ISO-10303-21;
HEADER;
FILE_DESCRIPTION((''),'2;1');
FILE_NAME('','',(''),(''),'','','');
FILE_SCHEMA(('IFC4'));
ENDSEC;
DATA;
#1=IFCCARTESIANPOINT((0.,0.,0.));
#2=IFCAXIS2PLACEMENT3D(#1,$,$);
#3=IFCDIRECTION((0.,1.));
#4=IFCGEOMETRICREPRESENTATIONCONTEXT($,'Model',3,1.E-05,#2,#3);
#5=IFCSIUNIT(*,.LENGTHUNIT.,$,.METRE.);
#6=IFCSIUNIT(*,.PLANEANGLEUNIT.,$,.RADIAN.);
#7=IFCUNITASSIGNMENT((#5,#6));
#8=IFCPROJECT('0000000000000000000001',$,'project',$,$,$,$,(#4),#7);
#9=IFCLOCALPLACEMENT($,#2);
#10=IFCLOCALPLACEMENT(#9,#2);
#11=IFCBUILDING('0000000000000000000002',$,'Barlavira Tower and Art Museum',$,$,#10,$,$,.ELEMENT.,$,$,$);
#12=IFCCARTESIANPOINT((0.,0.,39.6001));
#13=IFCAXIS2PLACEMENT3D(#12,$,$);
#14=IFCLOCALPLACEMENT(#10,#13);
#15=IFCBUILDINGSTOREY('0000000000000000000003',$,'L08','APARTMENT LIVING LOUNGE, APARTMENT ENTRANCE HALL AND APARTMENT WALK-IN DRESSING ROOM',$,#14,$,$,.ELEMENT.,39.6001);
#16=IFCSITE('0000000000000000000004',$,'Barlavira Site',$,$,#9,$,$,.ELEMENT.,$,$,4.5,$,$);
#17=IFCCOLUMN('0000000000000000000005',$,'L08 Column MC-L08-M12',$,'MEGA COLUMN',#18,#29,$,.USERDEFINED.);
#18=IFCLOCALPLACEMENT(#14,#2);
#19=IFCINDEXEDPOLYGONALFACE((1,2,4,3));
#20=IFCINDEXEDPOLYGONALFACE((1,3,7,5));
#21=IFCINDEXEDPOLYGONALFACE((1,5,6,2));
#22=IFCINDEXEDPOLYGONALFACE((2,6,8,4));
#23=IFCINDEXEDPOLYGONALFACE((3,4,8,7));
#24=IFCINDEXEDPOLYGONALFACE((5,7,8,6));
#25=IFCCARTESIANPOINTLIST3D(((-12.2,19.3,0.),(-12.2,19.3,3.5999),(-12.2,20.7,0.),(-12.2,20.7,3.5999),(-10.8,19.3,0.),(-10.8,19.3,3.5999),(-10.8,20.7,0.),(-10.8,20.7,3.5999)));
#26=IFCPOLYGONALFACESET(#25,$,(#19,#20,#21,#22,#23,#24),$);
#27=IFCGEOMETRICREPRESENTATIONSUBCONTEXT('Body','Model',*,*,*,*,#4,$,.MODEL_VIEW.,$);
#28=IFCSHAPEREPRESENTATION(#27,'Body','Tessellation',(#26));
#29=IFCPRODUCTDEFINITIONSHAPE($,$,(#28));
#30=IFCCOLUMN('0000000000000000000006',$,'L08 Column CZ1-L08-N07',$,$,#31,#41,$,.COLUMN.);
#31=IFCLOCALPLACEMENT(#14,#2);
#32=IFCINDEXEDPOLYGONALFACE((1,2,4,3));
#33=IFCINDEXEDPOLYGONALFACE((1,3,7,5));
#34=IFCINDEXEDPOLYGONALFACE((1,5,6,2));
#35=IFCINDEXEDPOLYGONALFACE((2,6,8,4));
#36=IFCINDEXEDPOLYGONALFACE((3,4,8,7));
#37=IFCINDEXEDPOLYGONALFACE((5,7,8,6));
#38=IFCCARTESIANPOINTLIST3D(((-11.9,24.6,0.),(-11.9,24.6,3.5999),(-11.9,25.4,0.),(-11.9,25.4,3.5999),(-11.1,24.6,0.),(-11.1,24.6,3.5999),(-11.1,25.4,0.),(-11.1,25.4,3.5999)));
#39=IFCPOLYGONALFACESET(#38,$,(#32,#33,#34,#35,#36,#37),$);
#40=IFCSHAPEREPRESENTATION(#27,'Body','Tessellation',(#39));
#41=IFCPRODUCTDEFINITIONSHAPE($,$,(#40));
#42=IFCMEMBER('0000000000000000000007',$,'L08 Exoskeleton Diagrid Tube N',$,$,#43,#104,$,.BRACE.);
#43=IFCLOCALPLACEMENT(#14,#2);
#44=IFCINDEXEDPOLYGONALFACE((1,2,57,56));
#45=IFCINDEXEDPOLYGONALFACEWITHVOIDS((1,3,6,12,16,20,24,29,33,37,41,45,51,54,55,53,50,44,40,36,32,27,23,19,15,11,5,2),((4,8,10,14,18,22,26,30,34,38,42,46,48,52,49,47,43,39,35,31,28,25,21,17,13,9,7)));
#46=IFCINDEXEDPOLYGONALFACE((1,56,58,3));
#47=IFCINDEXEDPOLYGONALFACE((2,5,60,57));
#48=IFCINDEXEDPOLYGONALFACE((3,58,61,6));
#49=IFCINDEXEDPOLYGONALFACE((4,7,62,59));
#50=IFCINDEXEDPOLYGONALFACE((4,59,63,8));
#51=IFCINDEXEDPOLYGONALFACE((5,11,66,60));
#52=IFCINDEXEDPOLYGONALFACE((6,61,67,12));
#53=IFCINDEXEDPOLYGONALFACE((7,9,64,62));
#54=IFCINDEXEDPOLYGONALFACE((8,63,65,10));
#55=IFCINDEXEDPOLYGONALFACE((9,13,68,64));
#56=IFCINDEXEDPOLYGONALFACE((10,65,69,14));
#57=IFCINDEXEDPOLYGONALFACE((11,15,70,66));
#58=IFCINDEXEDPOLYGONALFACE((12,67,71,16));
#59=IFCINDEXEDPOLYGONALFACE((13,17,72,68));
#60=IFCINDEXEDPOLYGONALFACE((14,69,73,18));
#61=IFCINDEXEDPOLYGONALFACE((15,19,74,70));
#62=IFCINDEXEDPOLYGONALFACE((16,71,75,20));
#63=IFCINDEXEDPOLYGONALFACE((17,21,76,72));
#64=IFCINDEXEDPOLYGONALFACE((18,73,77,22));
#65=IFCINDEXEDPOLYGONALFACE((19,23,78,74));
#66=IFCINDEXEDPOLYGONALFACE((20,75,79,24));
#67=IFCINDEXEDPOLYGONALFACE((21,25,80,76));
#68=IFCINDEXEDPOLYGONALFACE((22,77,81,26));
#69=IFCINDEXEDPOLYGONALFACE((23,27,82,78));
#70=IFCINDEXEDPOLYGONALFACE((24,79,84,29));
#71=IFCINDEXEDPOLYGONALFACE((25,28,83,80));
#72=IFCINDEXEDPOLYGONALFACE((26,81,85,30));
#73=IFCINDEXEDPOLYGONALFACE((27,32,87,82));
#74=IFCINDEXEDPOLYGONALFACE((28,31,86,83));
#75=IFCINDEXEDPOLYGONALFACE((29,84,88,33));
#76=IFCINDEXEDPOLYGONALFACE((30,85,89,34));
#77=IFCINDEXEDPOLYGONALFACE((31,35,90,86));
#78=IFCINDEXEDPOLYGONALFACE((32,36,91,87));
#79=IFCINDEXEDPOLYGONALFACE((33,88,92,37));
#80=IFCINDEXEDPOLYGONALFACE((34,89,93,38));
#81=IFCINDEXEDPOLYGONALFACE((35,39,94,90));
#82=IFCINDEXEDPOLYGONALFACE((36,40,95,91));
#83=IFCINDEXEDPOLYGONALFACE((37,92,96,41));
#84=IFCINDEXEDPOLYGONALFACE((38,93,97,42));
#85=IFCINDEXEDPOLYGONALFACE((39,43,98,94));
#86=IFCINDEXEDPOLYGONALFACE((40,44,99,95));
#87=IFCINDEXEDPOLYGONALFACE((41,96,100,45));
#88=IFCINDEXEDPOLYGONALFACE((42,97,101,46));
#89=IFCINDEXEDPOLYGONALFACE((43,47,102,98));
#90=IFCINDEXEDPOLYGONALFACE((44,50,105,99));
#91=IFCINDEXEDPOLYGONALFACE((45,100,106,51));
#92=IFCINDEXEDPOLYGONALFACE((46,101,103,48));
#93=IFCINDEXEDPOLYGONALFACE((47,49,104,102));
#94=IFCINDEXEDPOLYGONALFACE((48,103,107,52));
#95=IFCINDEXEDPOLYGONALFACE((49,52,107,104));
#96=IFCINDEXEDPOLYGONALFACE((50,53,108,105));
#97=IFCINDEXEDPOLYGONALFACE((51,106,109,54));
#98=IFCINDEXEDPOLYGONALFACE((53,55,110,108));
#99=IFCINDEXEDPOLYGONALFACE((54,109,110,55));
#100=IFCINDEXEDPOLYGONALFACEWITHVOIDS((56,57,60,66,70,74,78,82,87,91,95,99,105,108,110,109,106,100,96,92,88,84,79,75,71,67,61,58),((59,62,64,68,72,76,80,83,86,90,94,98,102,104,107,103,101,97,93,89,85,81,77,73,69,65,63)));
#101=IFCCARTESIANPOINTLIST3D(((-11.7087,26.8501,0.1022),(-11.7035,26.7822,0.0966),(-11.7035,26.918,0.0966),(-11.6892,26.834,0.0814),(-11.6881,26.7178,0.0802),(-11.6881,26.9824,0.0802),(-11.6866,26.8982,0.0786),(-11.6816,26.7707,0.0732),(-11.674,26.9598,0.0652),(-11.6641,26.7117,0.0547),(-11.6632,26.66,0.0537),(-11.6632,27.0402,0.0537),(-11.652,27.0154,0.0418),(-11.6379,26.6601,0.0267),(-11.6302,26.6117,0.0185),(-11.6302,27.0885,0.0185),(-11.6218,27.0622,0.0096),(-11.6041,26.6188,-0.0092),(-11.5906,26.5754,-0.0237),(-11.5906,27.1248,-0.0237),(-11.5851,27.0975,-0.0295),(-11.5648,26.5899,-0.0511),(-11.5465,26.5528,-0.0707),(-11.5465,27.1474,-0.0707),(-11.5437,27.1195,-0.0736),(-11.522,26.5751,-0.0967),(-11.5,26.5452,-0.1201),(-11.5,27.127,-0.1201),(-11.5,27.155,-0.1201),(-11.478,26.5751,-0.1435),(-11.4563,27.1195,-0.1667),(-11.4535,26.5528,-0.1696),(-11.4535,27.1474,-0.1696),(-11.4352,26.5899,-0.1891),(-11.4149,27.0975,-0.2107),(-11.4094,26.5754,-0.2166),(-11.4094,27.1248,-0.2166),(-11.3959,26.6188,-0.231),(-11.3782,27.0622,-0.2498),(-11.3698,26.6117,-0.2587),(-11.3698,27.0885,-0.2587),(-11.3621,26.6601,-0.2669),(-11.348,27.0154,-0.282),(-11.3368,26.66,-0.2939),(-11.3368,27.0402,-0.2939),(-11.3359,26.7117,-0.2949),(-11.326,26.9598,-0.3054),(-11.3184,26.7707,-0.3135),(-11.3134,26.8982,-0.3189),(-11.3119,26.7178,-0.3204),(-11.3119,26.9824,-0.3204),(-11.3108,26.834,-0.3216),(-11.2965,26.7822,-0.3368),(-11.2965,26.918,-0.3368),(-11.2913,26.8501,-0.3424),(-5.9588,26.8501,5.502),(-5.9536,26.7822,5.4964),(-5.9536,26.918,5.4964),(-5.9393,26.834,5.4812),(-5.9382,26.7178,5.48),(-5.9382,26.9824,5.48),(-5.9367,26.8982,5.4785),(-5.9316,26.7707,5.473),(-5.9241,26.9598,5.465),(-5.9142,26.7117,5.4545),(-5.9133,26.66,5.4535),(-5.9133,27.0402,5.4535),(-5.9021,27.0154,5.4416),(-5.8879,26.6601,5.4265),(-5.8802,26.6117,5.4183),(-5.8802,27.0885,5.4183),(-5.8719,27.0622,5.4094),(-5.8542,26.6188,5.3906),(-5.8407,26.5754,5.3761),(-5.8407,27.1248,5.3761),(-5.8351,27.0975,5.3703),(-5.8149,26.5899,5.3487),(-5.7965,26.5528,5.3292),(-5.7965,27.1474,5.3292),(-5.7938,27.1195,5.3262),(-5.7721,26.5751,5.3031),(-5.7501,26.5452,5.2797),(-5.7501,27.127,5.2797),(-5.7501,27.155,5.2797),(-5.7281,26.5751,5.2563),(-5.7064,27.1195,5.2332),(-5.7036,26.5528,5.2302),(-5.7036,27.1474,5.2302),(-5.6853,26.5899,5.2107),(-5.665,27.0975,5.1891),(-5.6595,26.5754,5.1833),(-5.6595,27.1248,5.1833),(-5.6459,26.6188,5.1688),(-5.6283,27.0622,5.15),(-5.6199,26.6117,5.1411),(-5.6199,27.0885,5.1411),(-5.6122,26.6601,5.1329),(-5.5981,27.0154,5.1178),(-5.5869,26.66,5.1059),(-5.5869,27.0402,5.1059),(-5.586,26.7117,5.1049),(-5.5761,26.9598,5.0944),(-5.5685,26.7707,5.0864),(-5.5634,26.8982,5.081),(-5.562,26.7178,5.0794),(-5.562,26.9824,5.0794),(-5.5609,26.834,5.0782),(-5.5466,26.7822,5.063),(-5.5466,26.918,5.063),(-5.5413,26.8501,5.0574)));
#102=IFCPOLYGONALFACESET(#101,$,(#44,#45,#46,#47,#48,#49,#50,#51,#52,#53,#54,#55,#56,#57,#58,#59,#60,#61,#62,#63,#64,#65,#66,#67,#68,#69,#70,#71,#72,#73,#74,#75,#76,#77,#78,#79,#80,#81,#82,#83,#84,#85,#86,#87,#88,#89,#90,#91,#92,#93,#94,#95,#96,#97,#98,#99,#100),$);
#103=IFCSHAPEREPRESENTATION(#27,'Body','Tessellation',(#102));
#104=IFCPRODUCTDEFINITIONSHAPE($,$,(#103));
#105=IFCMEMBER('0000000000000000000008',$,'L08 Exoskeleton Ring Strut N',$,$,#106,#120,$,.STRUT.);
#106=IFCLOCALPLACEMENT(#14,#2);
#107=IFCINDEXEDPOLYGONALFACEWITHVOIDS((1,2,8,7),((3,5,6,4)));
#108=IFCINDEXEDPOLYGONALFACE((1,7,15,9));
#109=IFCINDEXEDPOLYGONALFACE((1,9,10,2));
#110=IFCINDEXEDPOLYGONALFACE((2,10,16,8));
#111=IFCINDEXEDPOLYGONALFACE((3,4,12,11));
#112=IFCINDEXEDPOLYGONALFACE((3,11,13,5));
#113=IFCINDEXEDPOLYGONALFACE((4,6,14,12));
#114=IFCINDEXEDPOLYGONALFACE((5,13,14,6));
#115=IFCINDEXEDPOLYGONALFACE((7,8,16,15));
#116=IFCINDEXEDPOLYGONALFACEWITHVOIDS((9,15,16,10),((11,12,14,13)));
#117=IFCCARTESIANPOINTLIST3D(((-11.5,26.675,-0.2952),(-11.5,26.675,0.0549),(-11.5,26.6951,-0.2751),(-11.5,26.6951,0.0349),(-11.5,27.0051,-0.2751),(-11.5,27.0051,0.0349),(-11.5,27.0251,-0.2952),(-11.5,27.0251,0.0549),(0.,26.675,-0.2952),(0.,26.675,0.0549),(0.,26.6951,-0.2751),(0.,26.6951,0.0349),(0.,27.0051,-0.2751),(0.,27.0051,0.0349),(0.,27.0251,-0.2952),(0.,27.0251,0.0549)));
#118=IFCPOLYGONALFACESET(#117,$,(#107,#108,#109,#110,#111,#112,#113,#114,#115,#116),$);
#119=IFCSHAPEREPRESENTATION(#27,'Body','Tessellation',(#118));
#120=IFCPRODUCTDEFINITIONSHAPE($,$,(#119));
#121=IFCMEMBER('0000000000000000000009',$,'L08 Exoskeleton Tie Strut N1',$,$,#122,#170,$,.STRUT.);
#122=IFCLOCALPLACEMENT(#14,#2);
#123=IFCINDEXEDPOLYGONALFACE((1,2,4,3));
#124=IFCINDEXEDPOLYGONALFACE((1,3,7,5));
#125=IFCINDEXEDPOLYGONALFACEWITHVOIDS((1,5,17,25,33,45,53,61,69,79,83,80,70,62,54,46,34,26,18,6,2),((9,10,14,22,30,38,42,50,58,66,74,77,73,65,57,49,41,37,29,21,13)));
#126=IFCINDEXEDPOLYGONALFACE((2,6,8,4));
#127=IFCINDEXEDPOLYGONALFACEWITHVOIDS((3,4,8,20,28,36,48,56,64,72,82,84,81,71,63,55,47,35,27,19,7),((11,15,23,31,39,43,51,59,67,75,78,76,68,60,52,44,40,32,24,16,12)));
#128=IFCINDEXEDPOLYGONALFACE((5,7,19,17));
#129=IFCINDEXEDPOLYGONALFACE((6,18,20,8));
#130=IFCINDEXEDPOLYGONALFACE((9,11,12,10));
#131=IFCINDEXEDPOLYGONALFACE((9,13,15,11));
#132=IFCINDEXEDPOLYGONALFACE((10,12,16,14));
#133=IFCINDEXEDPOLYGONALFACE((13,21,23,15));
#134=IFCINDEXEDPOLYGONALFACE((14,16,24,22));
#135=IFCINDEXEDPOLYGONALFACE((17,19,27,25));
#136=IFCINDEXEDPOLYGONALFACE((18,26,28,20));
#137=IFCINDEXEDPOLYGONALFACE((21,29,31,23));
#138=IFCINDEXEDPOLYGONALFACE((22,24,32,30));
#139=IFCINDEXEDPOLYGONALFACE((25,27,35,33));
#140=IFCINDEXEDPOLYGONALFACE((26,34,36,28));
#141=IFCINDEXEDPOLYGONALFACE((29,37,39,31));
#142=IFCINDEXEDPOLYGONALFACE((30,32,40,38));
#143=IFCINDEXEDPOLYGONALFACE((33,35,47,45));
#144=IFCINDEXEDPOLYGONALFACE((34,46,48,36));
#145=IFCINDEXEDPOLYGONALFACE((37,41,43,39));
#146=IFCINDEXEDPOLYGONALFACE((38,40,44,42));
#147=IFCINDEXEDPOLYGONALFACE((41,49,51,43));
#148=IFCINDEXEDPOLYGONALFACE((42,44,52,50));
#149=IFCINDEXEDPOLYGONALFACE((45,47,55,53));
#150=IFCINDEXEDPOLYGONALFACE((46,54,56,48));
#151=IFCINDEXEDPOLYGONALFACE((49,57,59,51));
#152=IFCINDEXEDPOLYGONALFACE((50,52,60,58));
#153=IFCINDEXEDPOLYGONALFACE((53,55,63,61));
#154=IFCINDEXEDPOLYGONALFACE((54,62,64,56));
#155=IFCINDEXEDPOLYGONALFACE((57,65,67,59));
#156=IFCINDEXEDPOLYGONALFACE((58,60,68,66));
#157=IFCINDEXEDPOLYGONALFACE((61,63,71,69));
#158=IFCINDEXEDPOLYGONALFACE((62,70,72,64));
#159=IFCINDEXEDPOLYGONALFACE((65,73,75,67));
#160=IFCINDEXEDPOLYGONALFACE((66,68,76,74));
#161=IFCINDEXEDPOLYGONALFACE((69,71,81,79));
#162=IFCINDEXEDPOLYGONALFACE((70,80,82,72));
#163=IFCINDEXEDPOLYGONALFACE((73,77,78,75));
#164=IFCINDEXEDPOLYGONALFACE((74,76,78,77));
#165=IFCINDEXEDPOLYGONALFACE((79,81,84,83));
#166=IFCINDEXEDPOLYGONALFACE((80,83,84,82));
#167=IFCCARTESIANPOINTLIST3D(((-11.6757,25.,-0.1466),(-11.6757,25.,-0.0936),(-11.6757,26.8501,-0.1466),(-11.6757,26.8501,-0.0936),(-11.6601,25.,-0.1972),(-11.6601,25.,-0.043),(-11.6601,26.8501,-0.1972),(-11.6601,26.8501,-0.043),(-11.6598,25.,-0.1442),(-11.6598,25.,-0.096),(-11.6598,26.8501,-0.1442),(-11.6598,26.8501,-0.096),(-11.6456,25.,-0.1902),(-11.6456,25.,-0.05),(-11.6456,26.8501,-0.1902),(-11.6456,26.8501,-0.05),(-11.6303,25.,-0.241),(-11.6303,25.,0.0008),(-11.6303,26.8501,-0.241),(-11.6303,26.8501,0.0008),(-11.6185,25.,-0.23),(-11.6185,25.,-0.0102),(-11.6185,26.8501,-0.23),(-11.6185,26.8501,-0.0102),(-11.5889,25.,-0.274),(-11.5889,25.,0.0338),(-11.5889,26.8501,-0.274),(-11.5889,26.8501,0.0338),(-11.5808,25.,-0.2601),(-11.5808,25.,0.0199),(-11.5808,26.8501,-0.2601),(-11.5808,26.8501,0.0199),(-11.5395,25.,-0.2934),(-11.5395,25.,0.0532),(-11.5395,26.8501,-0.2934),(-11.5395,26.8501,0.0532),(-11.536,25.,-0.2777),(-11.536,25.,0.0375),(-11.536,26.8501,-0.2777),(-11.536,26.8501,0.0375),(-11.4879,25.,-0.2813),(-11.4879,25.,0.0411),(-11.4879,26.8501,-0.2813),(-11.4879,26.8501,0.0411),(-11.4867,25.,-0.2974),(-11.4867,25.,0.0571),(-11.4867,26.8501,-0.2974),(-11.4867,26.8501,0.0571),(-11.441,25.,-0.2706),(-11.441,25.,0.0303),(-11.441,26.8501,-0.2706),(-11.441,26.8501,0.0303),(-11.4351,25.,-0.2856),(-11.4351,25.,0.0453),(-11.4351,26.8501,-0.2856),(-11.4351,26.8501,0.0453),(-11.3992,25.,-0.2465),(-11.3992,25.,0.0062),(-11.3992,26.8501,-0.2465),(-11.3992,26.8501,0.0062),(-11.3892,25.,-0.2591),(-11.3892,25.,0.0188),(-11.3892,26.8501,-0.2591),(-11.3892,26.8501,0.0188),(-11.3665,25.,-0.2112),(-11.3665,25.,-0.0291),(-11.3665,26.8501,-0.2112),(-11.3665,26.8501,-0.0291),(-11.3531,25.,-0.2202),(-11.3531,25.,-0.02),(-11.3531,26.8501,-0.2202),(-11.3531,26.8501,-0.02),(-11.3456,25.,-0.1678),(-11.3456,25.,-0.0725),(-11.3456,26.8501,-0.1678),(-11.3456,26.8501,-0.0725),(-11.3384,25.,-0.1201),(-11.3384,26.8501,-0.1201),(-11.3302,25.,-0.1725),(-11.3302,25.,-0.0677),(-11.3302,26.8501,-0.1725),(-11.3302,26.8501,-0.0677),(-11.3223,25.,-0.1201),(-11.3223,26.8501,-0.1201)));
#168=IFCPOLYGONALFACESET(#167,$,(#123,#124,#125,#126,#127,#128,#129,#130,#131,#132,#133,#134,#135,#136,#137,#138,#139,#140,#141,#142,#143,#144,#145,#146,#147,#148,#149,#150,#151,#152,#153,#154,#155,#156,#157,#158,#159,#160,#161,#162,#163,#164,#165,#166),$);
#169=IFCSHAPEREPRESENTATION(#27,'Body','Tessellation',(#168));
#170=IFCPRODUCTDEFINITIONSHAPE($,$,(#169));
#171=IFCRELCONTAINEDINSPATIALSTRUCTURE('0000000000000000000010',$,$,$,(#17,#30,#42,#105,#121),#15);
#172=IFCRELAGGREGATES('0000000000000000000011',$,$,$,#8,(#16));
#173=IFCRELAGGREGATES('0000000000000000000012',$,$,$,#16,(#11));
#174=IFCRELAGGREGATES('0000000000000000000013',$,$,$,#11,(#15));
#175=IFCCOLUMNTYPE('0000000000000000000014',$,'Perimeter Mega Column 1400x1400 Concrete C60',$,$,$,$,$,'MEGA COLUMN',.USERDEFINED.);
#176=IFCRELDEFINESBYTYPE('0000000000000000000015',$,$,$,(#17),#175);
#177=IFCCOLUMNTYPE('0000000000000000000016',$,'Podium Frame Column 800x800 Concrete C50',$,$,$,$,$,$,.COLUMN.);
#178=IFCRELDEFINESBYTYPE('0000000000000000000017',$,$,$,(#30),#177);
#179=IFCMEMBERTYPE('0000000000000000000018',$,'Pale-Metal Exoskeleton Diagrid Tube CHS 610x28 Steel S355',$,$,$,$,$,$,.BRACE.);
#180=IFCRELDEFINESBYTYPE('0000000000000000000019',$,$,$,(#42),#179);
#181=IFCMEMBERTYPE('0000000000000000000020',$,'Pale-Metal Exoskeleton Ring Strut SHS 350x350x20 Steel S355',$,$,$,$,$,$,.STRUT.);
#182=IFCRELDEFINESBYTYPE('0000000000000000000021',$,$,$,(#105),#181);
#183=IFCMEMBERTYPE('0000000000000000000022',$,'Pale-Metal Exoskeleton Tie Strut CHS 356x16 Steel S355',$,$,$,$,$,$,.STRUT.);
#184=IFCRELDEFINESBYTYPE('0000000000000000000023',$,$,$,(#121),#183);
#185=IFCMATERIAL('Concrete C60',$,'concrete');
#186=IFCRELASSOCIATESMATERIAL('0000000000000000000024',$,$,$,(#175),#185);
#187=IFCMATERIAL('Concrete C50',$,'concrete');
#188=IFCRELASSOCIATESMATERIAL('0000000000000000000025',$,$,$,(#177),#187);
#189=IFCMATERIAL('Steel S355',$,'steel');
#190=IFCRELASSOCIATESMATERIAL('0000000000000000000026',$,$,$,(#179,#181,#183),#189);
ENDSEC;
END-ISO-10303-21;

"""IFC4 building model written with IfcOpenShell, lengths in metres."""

from ifc_helpers import new_model, si_unit, direction, frame, origin, origin_2d, place, context, subcontext, project, spatial, rectangle, hollow_rectangle, hollow_circle, extrude, material, material_profile, profile_set, type_object, element, save


model = new_model("IFC4")

# Units and contexts
model_context = context("Model", 3, precision=1e-05, world=origin(), true_north=direction((0.0, 1.0)))
body_context = subcontext(model_context, "Body", "Model", "MODEL_VIEW")
ifc_project = project(units=[si_unit("LENGTHUNIT", "METRE"), si_unit("PLANEANGLEUNIT", "RADIAN")], contexts=[model_context])

# Site, building, storey
site_placement = place(None, origin())
site = spatial("IfcSite", under=ifc_project, at=site_placement, Name="Barlavira Site", CompositionType="ELEMENT", RefElevation=4.5)
building_placement = place(site_placement, origin())
building = spatial("IfcBuilding", under=site, at=building_placement, Name="Barlavira Tower and Art Museum", CompositionType="ELEMENT")
storey_placement = place(building_placement, frame((0.0, 0.0, 39.6001)))
storey = spatial("IfcBuildingStorey", under=building, at=storey_placement, Name="L08", Description="APARTMENT LIVING LOUNGE, APARTMENT ENTRANCE HALL AND APARTMENT WALK-IN DRESSING ROOM", CompositionType="ELEMENT", Elevation=39.6001)

# Columns
ifc_material_1 = material(Name="Concrete C60", Category="concrete")
ifc_material_profile_1 = material_profile(ifc_material_1, rectangle(XDim=1.3999, YDim=1.3999, at=origin_2d()), Name="RC-MCOL 1400x1400")
ifc_profile_set_1 = profile_set([ifc_material_profile_1], Name="Concrete C60")
column_type_1 = type_object("IfcColumnType", Name="Perimeter Mega Column 1400x1400 Concrete C60", ElementType="MEGA COLUMN", PredefinedType="USERDEFINED", material=ifc_profile_set_1)
column_1_placement = place(storey_placement, frame((-11.5, 20.0, 0.0), z_axis=(0.0, 0.0, 1.0), x_axis=(1.0, 0.0, 0.0)))
element("IfcColumn", 1, at=column_1_placement, inside=storey, type_object=column_type_1, Name="L08 Column MC-L08-M12", ObjectType="MEGA COLUMN", PredefinedType="USERDEFINED", context=body_context, shape_type="SweptSolid", body=[
    extrude(rectangle(XDim=1.3999, YDim=1.3999, at=origin_2d()), origin(), (0.0, 0.0, 1.0), 3.5999),
])
ifc_material_2 = material(Name="Concrete C50", Category="concrete")
ifc_material_profile_2 = material_profile(ifc_material_2, rectangle(XDim=0.8, YDim=0.8, at=origin_2d()), Name="RC-COL 800x800")
ifc_profile_set_2 = profile_set([ifc_material_profile_2], Name="Concrete C50")
column_type_2 = type_object("IfcColumnType", Name="Podium Frame Column 800x800 Concrete C50", PredefinedType="COLUMN", material=ifc_profile_set_2)
column_2_placement = place(storey_placement, frame((-11.5, 25.0, 0.0), z_axis=(0.0, 0.0, 1.0), x_axis=(1.0, 0.0, 0.0)))
element("IfcColumn", 2, at=column_2_placement, inside=storey, type_object=column_type_2, Name="L08 Column CZ1-L08-N07", PredefinedType="COLUMN", context=body_context, shape_type="SweptSolid", body=[
    extrude(rectangle(XDim=0.8, YDim=0.8, at=origin_2d()), origin(), (0.0, 0.0, 1.0), 3.5999),
])

# Members
ifc_material_3 = material(Name="Steel S355", Category="steel")
ifc_material_profile_3 = material_profile(ifc_material_3, hollow_circle(Radius=0.3049, WallThickness=0.0281, at=origin_2d()), Name="CHS 610.0x28.0")
ifc_profile_set_3 = profile_set([ifc_material_profile_3], Name="Steel S355")
member_type_1 = type_object("IfcMemberType", Name="Pale-Metal Exoskeleton Diagrid Tube CHS 610x28 Steel S355", PredefinedType="BRACE", material=ifc_profile_set_3)
member_1_placement = place(storey_placement, frame((-11.5, 26.8501, -0.1201), z_axis=(0.72895, 0.0, 0.684567), x_axis=(0.0, 1.0, 0.0)))
element("IfcMember", 3, at=member_1_placement, inside=storey, type_object=member_type_1, Name="L08 Exoskeleton Diagrid Tube N", PredefinedType="BRACE", context=body_context, shape_type="SweptSolid", body=[
    extrude(hollow_circle(Radius=0.3049, WallThickness=0.0281, at=origin_2d()), origin(), (0.0, 0.0, 1.0), 7.8879),
])
ifc_material_profile_4 = material_profile(ifc_material_3, hollow_rectangle(XDim=0.3501, YDim=0.3501, WallThickness=0.02, at=origin_2d()), Name="SHS 350x350x20.0")
ifc_profile_set_4 = profile_set([ifc_material_profile_4], Name="Steel S355")
member_type_2 = type_object("IfcMemberType", Name="Pale-Metal Exoskeleton Ring Strut SHS 350x350x20 Steel S355", PredefinedType="STRUT", material=ifc_profile_set_4)
member_2_placement = place(storey_placement, frame((-11.5, 26.8501, -0.1201), z_axis=(1.0, 0.0, 0.0), x_axis=(0.0, 1.0, 0.0)))
element("IfcMember", 4, at=member_2_placement, inside=storey, type_object=member_type_2, Name="L08 Exoskeleton Ring Strut N", PredefinedType="STRUT", context=body_context, shape_type="SweptSolid", body=[
    extrude(hollow_rectangle(XDim=0.3501, YDim=0.3501, WallThickness=0.02, at=origin_2d()), origin(), (0.0, 0.0, 1.0), 11.5),
])
ifc_material_profile_5 = material_profile(ifc_material_3, hollow_circle(Radius=0.1777, WallThickness=0.0161, at=origin_2d()), Name="CHS 355.6x16.0")
ifc_profile_set_5 = profile_set([ifc_material_profile_5], Name="Steel S355")
member_type_3 = type_object("IfcMemberType", Name="Pale-Metal Exoskeleton Tie Strut CHS 356x16 Steel S355", PredefinedType="STRUT", material=ifc_profile_set_5)
member_3_placement = place(storey_placement, frame((-11.5, 26.8501, -0.1201), z_axis=(0.0, -1.0, 0.0), x_axis=(1.0, 0.0, 0.0)))
element("IfcMember", 5, at=member_3_placement, inside=storey, type_object=member_type_3, Name="L08 Exoskeleton Tie Strut N1", PredefinedType="STRUT", context=body_context, shape_type="SweptSolid", body=[
    extrude(hollow_circle(Radius=0.1777, WallThickness=0.0161, at=origin_2d()), origin(), (0.0, 0.0, 1.0), 1.8501),
])

save(model, "model.ifc")
